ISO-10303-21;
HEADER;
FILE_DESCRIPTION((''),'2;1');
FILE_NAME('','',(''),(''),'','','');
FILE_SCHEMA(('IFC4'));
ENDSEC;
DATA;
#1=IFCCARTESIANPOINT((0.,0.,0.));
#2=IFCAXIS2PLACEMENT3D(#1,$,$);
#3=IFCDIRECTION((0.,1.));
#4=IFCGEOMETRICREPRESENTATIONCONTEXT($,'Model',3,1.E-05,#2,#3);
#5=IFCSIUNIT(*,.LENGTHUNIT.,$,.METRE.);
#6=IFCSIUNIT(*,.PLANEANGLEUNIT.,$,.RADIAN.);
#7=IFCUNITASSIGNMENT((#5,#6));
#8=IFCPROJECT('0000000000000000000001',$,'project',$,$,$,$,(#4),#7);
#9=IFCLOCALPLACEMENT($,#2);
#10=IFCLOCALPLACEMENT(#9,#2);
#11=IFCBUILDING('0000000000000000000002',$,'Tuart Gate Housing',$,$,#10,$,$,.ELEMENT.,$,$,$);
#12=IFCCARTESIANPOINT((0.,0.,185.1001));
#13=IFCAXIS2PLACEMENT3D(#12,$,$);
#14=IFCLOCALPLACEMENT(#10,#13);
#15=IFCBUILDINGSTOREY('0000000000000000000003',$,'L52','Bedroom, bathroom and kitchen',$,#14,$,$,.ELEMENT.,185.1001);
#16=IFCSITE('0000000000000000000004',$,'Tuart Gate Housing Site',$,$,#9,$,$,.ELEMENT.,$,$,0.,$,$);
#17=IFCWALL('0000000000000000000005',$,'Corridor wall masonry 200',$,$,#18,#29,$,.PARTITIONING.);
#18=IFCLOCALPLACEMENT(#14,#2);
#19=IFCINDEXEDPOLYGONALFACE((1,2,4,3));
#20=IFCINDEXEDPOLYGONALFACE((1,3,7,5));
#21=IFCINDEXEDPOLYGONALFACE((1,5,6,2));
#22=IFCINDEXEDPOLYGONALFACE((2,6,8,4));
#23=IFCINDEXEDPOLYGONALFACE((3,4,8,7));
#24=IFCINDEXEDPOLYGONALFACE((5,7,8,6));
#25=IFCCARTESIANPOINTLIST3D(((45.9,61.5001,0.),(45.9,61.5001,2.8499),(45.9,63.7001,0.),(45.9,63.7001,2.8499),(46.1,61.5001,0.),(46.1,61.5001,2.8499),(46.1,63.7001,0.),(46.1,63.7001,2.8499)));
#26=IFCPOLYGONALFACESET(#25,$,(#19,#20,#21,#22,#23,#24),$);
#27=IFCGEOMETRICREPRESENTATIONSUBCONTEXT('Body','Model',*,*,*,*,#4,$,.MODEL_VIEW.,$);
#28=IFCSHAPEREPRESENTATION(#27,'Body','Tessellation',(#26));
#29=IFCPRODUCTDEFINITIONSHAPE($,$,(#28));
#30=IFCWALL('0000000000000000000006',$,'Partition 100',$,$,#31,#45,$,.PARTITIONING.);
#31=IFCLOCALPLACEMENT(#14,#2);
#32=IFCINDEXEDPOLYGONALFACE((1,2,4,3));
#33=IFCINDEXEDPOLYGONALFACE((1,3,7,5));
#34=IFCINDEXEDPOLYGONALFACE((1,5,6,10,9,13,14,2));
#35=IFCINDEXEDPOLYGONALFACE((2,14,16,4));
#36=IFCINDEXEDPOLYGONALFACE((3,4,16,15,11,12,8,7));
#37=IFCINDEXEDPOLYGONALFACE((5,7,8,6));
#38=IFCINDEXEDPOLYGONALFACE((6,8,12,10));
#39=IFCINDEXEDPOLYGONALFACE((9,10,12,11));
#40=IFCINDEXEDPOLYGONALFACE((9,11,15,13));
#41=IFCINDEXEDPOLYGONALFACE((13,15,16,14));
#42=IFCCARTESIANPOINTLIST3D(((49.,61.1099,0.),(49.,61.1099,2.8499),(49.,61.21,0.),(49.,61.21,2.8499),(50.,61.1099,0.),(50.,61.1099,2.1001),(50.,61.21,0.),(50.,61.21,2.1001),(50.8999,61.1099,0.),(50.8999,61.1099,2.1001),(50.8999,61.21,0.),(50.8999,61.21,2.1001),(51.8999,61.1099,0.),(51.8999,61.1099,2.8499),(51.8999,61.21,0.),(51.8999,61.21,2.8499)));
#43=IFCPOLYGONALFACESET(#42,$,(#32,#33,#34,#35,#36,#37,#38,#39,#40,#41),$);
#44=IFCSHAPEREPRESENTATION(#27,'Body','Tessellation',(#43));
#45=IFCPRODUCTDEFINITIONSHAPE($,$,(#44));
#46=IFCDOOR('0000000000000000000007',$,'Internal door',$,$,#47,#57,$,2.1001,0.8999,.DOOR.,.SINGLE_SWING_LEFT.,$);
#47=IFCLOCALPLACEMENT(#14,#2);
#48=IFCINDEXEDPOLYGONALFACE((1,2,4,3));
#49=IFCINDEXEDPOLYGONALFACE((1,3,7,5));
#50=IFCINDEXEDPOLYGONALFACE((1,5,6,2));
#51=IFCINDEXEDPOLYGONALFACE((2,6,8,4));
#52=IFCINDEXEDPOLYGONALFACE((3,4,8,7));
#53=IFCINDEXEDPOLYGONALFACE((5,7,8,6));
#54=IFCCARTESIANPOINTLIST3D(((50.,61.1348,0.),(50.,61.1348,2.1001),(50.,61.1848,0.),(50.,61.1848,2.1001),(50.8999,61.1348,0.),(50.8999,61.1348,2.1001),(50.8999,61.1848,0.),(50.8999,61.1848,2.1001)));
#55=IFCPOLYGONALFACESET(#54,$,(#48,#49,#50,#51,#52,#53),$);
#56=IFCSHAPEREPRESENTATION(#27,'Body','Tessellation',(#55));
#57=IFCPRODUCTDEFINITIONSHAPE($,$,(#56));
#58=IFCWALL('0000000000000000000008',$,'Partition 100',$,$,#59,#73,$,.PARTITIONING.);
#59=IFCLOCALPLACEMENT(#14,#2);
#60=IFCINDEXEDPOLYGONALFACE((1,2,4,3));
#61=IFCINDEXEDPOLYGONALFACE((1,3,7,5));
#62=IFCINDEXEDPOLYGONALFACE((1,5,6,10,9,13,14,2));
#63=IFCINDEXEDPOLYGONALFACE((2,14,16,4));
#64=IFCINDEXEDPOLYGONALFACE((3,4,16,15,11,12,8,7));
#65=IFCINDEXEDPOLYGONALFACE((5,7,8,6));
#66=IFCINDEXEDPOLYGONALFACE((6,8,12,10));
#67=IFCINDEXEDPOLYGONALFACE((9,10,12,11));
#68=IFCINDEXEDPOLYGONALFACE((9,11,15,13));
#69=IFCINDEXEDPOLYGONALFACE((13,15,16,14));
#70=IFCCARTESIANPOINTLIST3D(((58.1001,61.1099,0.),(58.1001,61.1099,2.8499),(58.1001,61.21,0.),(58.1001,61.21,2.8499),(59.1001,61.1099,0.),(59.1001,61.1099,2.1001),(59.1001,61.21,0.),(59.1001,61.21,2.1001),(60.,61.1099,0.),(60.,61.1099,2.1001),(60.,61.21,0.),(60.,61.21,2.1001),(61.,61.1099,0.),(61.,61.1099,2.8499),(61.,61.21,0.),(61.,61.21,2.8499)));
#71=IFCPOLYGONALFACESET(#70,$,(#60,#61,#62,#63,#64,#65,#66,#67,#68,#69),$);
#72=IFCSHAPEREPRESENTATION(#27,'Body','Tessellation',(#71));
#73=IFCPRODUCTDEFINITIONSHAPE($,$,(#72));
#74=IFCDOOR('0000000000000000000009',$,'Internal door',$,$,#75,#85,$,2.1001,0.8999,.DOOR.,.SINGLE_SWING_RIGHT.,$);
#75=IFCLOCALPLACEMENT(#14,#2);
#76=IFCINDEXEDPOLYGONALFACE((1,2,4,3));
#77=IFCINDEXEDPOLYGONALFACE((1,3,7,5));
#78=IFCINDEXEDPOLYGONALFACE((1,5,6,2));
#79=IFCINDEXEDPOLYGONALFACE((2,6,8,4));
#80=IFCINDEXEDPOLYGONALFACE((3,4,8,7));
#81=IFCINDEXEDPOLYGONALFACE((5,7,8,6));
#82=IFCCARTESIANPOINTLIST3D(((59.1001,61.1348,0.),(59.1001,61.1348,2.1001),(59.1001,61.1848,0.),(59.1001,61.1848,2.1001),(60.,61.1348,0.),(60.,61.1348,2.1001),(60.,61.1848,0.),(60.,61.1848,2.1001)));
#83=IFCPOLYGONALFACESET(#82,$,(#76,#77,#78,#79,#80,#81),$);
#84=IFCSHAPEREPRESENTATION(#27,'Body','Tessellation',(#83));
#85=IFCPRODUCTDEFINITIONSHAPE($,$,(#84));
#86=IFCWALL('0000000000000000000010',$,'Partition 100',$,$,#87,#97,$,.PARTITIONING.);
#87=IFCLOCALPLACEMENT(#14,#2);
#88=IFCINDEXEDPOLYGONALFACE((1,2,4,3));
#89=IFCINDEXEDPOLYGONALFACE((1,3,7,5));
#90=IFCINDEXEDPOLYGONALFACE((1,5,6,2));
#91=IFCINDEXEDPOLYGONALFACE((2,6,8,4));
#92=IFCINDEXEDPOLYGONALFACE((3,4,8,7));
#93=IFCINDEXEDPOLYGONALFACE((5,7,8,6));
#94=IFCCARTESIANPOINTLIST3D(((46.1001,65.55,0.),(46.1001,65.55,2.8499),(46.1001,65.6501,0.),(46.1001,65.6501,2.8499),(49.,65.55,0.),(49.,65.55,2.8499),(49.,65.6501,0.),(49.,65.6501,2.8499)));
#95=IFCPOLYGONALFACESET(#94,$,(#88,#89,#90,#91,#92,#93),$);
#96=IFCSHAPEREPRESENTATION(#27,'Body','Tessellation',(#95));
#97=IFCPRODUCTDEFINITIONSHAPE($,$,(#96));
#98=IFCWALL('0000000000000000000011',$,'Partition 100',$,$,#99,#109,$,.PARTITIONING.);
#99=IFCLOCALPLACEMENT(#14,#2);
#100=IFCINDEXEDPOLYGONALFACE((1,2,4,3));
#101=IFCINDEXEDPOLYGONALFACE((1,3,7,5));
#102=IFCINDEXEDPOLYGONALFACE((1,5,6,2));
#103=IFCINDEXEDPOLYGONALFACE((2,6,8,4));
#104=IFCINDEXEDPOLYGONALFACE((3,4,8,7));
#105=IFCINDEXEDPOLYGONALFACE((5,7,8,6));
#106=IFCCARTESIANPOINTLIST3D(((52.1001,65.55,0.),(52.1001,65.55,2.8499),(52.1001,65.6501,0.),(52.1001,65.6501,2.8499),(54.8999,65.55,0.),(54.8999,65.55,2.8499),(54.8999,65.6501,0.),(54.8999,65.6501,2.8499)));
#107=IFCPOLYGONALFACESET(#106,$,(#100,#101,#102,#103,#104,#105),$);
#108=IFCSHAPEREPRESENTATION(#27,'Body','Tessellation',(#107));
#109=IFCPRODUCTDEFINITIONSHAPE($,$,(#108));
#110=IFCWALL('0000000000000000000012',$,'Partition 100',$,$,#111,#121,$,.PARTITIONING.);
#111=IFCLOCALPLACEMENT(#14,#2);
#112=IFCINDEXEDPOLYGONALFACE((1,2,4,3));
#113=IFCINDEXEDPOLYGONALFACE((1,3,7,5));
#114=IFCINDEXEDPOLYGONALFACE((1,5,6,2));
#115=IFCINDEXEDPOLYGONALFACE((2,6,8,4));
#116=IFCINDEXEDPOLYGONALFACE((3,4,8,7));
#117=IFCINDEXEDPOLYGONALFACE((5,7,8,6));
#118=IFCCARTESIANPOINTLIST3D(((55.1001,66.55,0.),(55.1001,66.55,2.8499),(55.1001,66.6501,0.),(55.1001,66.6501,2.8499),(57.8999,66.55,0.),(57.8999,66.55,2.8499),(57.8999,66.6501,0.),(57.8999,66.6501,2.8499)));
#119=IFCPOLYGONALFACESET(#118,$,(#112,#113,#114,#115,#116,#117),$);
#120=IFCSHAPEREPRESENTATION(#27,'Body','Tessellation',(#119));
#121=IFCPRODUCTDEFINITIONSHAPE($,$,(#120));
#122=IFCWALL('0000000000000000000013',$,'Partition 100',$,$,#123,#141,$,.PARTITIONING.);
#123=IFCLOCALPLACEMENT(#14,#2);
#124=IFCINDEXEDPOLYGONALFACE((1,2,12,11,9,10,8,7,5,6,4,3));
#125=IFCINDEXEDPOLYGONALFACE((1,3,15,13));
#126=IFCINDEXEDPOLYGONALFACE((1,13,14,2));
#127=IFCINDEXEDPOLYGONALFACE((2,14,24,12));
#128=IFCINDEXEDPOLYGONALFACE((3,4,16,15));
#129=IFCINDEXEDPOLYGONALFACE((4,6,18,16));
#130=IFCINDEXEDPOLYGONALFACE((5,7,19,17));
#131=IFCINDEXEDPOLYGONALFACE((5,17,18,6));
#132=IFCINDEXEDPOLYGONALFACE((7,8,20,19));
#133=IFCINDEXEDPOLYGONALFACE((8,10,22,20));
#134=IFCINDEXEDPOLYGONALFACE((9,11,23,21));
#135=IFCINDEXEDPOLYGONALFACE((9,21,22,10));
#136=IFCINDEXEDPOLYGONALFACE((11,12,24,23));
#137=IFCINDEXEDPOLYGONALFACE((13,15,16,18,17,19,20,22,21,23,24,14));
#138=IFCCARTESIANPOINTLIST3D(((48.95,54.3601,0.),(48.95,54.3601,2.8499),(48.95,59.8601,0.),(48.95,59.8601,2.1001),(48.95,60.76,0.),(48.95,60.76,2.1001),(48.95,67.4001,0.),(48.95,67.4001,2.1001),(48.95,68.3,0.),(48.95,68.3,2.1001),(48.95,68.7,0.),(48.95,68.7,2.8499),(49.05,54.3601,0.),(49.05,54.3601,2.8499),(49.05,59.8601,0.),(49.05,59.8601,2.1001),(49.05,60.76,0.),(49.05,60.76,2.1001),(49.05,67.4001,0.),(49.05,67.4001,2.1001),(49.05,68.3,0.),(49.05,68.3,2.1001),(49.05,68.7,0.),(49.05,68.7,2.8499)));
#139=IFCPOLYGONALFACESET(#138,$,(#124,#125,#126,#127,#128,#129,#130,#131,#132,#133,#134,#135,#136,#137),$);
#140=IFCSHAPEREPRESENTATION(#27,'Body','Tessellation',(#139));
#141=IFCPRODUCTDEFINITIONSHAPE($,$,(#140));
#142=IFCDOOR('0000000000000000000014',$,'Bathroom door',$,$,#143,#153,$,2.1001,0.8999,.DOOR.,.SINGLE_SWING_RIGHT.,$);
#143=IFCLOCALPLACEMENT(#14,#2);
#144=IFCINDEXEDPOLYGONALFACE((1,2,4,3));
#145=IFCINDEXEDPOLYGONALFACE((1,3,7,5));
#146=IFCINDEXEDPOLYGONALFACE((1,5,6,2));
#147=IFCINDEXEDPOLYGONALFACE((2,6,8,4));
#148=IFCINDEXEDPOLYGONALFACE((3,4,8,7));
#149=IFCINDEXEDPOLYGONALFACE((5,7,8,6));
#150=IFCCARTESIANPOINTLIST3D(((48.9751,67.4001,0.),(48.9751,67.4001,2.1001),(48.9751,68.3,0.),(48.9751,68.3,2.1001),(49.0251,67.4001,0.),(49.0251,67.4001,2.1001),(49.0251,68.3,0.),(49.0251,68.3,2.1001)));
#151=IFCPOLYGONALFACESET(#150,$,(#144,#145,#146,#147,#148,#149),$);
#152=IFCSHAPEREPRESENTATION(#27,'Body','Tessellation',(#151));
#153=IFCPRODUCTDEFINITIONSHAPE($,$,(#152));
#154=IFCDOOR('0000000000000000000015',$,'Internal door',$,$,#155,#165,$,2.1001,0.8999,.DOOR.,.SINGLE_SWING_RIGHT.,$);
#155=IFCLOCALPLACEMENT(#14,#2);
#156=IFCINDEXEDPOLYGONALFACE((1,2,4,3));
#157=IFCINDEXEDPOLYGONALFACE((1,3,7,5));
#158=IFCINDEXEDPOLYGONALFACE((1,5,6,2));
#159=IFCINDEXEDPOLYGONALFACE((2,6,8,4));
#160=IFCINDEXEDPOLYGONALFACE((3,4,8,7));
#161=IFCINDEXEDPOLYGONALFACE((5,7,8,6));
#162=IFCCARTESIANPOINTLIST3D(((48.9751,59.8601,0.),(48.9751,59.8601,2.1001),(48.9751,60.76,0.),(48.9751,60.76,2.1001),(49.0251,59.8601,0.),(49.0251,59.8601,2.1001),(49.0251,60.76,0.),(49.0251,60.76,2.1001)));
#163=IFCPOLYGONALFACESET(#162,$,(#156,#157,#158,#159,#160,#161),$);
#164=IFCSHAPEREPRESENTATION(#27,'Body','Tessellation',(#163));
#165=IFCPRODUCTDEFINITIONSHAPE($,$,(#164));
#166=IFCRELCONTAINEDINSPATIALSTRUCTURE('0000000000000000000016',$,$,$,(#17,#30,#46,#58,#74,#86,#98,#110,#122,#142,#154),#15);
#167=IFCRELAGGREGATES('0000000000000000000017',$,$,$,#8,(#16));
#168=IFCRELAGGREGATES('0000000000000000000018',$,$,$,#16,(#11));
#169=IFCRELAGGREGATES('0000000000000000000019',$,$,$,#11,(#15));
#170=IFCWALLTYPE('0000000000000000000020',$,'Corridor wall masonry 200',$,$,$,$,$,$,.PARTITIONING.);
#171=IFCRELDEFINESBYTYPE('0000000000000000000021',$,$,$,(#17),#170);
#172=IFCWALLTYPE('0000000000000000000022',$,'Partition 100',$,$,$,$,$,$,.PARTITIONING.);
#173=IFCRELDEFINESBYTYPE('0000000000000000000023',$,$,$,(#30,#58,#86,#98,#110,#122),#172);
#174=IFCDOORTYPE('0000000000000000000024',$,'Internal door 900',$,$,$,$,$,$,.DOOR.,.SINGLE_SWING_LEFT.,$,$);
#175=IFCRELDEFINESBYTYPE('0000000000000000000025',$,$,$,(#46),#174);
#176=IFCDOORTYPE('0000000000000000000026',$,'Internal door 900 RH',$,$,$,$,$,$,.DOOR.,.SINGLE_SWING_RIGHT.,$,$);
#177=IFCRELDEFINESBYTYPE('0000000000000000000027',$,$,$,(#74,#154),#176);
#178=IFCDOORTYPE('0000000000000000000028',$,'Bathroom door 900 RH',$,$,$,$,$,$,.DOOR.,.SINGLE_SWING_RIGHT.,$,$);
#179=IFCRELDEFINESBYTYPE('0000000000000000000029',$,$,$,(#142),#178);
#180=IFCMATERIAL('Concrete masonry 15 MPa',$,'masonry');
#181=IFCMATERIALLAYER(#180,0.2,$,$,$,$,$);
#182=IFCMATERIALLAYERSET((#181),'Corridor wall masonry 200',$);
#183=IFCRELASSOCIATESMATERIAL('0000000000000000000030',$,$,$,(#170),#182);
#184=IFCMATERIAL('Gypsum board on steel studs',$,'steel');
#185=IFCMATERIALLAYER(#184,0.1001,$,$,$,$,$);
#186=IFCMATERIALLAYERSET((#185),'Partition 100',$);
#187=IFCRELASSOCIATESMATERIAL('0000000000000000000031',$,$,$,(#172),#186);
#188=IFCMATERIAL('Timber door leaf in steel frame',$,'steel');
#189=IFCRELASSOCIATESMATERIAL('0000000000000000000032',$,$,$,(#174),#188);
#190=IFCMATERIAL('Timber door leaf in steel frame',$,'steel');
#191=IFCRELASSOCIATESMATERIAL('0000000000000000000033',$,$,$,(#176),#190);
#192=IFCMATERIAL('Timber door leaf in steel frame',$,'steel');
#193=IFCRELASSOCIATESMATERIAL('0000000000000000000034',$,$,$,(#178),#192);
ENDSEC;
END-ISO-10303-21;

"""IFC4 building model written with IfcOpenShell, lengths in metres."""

from ifc_helpers import new_model, si_unit, direction, frame, frame_2d, origin, place, context, subcontext, project, spatial, rectangle, extrude, material, layer, layer_set, type_object, element, fill, save


model = new_model("IFC4")

# Units and contexts
model_context = context("Model", 3, precision=1e-05, world=origin(), true_north=direction((0.0, 1.0)))
body_context = subcontext(model_context, "Body", "Model", "MODEL_VIEW")
ifc_project = project(units=[si_unit("LENGTHUNIT", "METRE"), si_unit("PLANEANGLEUNIT", "RADIAN")], contexts=[model_context])

# Site, building, storey
site_placement = place(None, origin())
site = spatial("IfcSite", under=ifc_project, at=site_placement, Name="Tuart Gate Housing Site", CompositionType="ELEMENT", RefElevation=0.0)
building_placement = place(site_placement, origin())
building = spatial("IfcBuilding", under=site, at=building_placement, Name="Tuart Gate Housing", CompositionType="ELEMENT")
storey_placement = place(building_placement, frame((0.0, 0.0, 185.1001)))
storey = spatial("IfcBuildingStorey", under=building, at=storey_placement, Name="L52", Description="Bedroom, bathroom and kitchen", CompositionType="ELEMENT", Elevation=185.1001)

# Wall
ifc_material_1 = material(Name="Concrete masonry 15 MPa", Category="masonry")
ifc_layer_1 = layer(ifc_material_1, 0.2)
ifc_layer_set_1 = layer_set([ifc_layer_1], Name="Corridor wall masonry 200")
wall_type_1 = type_object("IfcWallType", Name="Corridor wall masonry 200", PredefinedType="PARTITIONING", material=ifc_layer_set_1)
wall_1_placement = place(storey_placement, frame((46.0, 61.5, 0.0), z_axis=(0.0, 0.0, 1.0), x_axis=(0.0, 1.0, 0.0)))
element("IfcWall", 1, at=wall_1_placement, inside=storey, type_object=wall_type_1, Name="Corridor wall masonry 200", PredefinedType="PARTITIONING", context=body_context, shape_type="SweptSolid", body=[
    extrude(rectangle(XDim=2.2, YDim=0.2, at=frame_2d((1.1001, 0.0))), origin(), (0.0, 0.0, 1.0), 2.8499),
])

# Walls, openings, doors
ifc_material_2 = material(Name="Gypsum board on steel studs", Category="steel")
ifc_layer_2 = layer(ifc_material_2, 0.1001)
ifc_layer_set_2 = layer_set([ifc_layer_2], Name="Partition 100")
wall_type_2 = type_object("IfcWallType", Name="Partition 100", PredefinedType="PARTITIONING", material=ifc_layer_set_2)
wall_2_placement = place(storey_placement, frame((49.0, 61.1599, 0.0), z_axis=(0.0, 0.0, 1.0), x_axis=(1.0, 0.0, 0.0)))
wall_2 = element("IfcWall", 2, at=wall_2_placement, inside=storey, type_object=wall_type_2, Name="Partition 100", PredefinedType="PARTITIONING", context=body_context, shape_type="SweptSolid", body=[
    extrude(rectangle(XDim=2.8999, YDim=0.1001, at=frame_2d((1.45, 0.0))), origin(), (0.0, 0.0, 1.0), 2.8499),
])
opening_1_placement = place(wall_2_placement, frame((1.0, 0.0, 0.0)))
opening_1 = element("IfcOpeningElement", 3, at=opening_1_placement, cuts=wall_2, PredefinedType="OPENING", context=body_context, shape_type="SweptSolid", body=[
    extrude(rectangle(XDim=0.8999, YDim=2.1001, at=frame_2d((0.45, 1.05))), frame((0.0, 0.0601, 0.0), z_axis=(0.0, -1.0, 0.0), x_axis=(1.0, 0.0, 0.0)), (0.0, 0.0, 1.0), 0.1201),
])
ifc_material_3 = material(Name="Timber door leaf in steel frame", Category="steel")
door_type_1 = type_object("IfcDoorType", Name="Internal door 900", OperationType="SINGLE_SWING_LEFT", PredefinedType="DOOR", material=ifc_material_3)
door_1_placement = place(opening_1_placement, origin())
door_1 = element("IfcDoor", 4, at=door_1_placement, inside=storey, type_object=door_type_1, Name="Internal door", OperationType="SINGLE_SWING_LEFT", OverallHeight=2.1001, OverallWidth=0.8999, PredefinedType="DOOR", context=body_context, shape_type="SweptSolid", body=[
    extrude(rectangle(XDim=0.8999, YDim=2.1001, at=frame_2d((0.45, 1.05))), frame((0.0, 0.0249, 0.0), z_axis=(0.0, -1.0, 0.0), x_axis=(1.0, 0.0, 0.0)), (0.0, 0.0, 1.0), 0.05),
])
fill(opening_1, door_1)
wall_3_placement = place(storey_placement, frame((58.1001, 61.1599, 0.0), z_axis=(0.0, 0.0, 1.0), x_axis=(1.0, 0.0, 0.0)))
wall_3 = element("IfcWall", 5, at=wall_3_placement, inside=storey, type_object=wall_type_2, Name="Partition 100", PredefinedType="PARTITIONING", context=body_context, shape_type="SweptSolid", body=[
    extrude(rectangle(XDim=2.8999, YDim=0.1001, at=frame_2d((1.45, 0.0))), origin(), (0.0, 0.0, 1.0), 2.8499),
])
opening_2_placement = place(wall_3_placement, frame((1.0, 0.0, 0.0)))
opening_2 = element("IfcOpeningElement", 6, at=opening_2_placement, cuts=wall_3, PredefinedType="OPENING", context=body_context, shape_type="SweptSolid", body=[
    extrude(rectangle(XDim=0.8999, YDim=2.1001, at=frame_2d((0.45, 1.05))), frame((0.0, 0.0601, 0.0), z_axis=(0.0, -1.0, 0.0), x_axis=(1.0, 0.0, 0.0)), (0.0, 0.0, 1.0), 0.1201),
])
ifc_material_4 = material(Name="Timber door leaf in steel frame", Category="steel")
door_type_2 = type_object("IfcDoorType", Name="Internal door 900 RH", OperationType="SINGLE_SWING_RIGHT", PredefinedType="DOOR", material=ifc_material_4)
door_2_placement = place(opening_2_placement, origin())
door_2 = element("IfcDoor", 7, at=door_2_placement, inside=storey, type_object=door_type_2, Name="Internal door", OperationType="SINGLE_SWING_RIGHT", OverallHeight=2.1001, OverallWidth=0.8999, PredefinedType="DOOR", context=body_context, shape_type="SweptSolid", body=[
    extrude(rectangle(XDim=0.8999, YDim=2.1001, at=frame_2d((0.45, 1.05))), frame((0.0, 0.0249, 0.0), z_axis=(0.0, -1.0, 0.0), x_axis=(1.0, 0.0, 0.0)), (0.0, 0.0, 1.0), 0.05),
])
fill(opening_2, door_2)

# Walls
wall_4_placement = place(storey_placement, frame((46.1001, 65.6001, 0.0), z_axis=(0.0, 0.0, 1.0), x_axis=(1.0, 0.0, 0.0)))
element("IfcWall", 8, at=wall_4_placement, inside=storey, type_object=wall_type_2, Name="Partition 100", PredefinedType="PARTITIONING", context=body_context, shape_type="SweptSolid", body=[
    extrude(rectangle(XDim=2.8999, YDim=0.1001, at=frame_2d((1.45, 0.0))), origin(), (0.0, 0.0, 1.0), 2.8499),
])
for number, where, z_axis, x_axis, name in (
    (9, (52.1001, 65.6001, 0.0), (0.0, 0.0, 1.0), (1.0, 0.0, 0.0), "Partition 100"),
    (10, (55.1001, 66.6001, 0.0), (0.0, 0.0, 1.0), (1.0, 0.0, 0.0), "Partition 100"),
):
    element("IfcWall", number, at=place(storey_placement, frame(where, z_axis=z_axis, x_axis=x_axis)), inside=storey, type_object=wall_type_2, Name=name, PredefinedType="PARTITIONING", context=body_context, shape_type="SweptSolid", body=[
        extrude(rectangle(XDim=2.7998, YDim=0.1001, at=frame_2d((1.3999, 0.0))), origin(), (0.0, 0.0, 1.0), 2.8499),
    ])

# Wall, openings, doors
wall_5_placement = place(storey_placement, frame((49.0, 54.3601, 0.0), z_axis=(0.0, 0.0, 1.0), x_axis=(0.0, 1.0, 0.0)))
wall_5 = element("IfcWall", 11, at=wall_5_placement, inside=storey, type_object=wall_type_2, Name="Partition 100", PredefinedType="PARTITIONING", context=body_context, shape_type="SweptSolid", body=[
    extrude(rectangle(XDim=14.3398, YDim=0.1001, at=frame_2d((7.1699, 0.0))), origin(), (0.0, 0.0, 1.0), 2.8499),
])
opening_3_placement = place(wall_5_placement, frame((5.5, 0.0, 0.0)))
opening_3 = element("IfcOpeningElement", 12, at=opening_3_placement, cuts=wall_5, PredefinedType="OPENING", context=body_context, shape_type="SweptSolid", body=[
    extrude(rectangle(XDim=0.8999, YDim=2.1001, at=frame_2d((0.45, 1.05))), frame((0.0, 0.0601, 0.0), z_axis=(0.0, -1.0, 0.0), x_axis=(1.0, 0.0, 0.0)), (0.0, 0.0, 1.0), 0.1201),
])
opening_4_placement = place(wall_5_placement, frame((13.04, 0.0, 0.0)))
opening_4 = element("IfcOpeningElement", 13, at=opening_4_placement, cuts=wall_5, PredefinedType="OPENING", context=body_context, shape_type="SweptSolid", body=[
    extrude(rectangle(XDim=0.8999, YDim=2.1001, at=frame_2d((0.45, 1.05))), frame((0.0, 0.0601, 0.0), z_axis=(0.0, -1.0, 0.0), x_axis=(1.0, 0.0, 0.0)), (0.0, 0.0, 1.0), 0.1201),
])
ifc_material_5 = material(Name="Timber door leaf in steel frame", Category="steel")
door_type_3 = type_object("IfcDoorType", Name="Bathroom door 900 RH", OperationType="SINGLE_SWING_RIGHT", PredefinedType="DOOR", material=ifc_material_5)
door_3_placement = place(opening_4_placement, origin())
door_3 = element("IfcDoor", 14, at=door_3_placement, inside=storey, type_object=door_type_3, Name="Bathroom door", OperationType="SINGLE_SWING_RIGHT", OverallHeight=2.1001, OverallWidth=0.8999, PredefinedType="DOOR", context=body_context, shape_type="SweptSolid", body=[
    extrude(rectangle(XDim=0.8999, YDim=2.1001, at=frame_2d((0.45, 1.05))), frame((0.0, 0.0249, 0.0), z_axis=(0.0, -1.0, 0.0), x_axis=(1.0, 0.0, 0.0)), (0.0, 0.0, 1.0), 0.05),
])
fill(opening_4, door_3)
door_4_placement = place(opening_3_placement, origin())
door_4 = element("IfcDoor", 15, at=door_4_placement, inside=storey, type_object=door_type_2, Name="Internal door", OperationType="SINGLE_SWING_RIGHT", OverallHeight=2.1001, OverallWidth=0.8999, PredefinedType="DOOR", context=body_context, shape_type="SweptSolid", body=[
    extrude(rectangle(XDim=0.8999, YDim=2.1001, at=frame_2d((0.45, 1.05))), frame((0.0, 0.0249, 0.0), z_axis=(0.0, -1.0, 0.0), x_axis=(1.0, 0.0, 0.0)), (0.0, 0.0, 1.0), 0.05),
])
fill(opening_3, door_4)

save(model, "model.ifc")
